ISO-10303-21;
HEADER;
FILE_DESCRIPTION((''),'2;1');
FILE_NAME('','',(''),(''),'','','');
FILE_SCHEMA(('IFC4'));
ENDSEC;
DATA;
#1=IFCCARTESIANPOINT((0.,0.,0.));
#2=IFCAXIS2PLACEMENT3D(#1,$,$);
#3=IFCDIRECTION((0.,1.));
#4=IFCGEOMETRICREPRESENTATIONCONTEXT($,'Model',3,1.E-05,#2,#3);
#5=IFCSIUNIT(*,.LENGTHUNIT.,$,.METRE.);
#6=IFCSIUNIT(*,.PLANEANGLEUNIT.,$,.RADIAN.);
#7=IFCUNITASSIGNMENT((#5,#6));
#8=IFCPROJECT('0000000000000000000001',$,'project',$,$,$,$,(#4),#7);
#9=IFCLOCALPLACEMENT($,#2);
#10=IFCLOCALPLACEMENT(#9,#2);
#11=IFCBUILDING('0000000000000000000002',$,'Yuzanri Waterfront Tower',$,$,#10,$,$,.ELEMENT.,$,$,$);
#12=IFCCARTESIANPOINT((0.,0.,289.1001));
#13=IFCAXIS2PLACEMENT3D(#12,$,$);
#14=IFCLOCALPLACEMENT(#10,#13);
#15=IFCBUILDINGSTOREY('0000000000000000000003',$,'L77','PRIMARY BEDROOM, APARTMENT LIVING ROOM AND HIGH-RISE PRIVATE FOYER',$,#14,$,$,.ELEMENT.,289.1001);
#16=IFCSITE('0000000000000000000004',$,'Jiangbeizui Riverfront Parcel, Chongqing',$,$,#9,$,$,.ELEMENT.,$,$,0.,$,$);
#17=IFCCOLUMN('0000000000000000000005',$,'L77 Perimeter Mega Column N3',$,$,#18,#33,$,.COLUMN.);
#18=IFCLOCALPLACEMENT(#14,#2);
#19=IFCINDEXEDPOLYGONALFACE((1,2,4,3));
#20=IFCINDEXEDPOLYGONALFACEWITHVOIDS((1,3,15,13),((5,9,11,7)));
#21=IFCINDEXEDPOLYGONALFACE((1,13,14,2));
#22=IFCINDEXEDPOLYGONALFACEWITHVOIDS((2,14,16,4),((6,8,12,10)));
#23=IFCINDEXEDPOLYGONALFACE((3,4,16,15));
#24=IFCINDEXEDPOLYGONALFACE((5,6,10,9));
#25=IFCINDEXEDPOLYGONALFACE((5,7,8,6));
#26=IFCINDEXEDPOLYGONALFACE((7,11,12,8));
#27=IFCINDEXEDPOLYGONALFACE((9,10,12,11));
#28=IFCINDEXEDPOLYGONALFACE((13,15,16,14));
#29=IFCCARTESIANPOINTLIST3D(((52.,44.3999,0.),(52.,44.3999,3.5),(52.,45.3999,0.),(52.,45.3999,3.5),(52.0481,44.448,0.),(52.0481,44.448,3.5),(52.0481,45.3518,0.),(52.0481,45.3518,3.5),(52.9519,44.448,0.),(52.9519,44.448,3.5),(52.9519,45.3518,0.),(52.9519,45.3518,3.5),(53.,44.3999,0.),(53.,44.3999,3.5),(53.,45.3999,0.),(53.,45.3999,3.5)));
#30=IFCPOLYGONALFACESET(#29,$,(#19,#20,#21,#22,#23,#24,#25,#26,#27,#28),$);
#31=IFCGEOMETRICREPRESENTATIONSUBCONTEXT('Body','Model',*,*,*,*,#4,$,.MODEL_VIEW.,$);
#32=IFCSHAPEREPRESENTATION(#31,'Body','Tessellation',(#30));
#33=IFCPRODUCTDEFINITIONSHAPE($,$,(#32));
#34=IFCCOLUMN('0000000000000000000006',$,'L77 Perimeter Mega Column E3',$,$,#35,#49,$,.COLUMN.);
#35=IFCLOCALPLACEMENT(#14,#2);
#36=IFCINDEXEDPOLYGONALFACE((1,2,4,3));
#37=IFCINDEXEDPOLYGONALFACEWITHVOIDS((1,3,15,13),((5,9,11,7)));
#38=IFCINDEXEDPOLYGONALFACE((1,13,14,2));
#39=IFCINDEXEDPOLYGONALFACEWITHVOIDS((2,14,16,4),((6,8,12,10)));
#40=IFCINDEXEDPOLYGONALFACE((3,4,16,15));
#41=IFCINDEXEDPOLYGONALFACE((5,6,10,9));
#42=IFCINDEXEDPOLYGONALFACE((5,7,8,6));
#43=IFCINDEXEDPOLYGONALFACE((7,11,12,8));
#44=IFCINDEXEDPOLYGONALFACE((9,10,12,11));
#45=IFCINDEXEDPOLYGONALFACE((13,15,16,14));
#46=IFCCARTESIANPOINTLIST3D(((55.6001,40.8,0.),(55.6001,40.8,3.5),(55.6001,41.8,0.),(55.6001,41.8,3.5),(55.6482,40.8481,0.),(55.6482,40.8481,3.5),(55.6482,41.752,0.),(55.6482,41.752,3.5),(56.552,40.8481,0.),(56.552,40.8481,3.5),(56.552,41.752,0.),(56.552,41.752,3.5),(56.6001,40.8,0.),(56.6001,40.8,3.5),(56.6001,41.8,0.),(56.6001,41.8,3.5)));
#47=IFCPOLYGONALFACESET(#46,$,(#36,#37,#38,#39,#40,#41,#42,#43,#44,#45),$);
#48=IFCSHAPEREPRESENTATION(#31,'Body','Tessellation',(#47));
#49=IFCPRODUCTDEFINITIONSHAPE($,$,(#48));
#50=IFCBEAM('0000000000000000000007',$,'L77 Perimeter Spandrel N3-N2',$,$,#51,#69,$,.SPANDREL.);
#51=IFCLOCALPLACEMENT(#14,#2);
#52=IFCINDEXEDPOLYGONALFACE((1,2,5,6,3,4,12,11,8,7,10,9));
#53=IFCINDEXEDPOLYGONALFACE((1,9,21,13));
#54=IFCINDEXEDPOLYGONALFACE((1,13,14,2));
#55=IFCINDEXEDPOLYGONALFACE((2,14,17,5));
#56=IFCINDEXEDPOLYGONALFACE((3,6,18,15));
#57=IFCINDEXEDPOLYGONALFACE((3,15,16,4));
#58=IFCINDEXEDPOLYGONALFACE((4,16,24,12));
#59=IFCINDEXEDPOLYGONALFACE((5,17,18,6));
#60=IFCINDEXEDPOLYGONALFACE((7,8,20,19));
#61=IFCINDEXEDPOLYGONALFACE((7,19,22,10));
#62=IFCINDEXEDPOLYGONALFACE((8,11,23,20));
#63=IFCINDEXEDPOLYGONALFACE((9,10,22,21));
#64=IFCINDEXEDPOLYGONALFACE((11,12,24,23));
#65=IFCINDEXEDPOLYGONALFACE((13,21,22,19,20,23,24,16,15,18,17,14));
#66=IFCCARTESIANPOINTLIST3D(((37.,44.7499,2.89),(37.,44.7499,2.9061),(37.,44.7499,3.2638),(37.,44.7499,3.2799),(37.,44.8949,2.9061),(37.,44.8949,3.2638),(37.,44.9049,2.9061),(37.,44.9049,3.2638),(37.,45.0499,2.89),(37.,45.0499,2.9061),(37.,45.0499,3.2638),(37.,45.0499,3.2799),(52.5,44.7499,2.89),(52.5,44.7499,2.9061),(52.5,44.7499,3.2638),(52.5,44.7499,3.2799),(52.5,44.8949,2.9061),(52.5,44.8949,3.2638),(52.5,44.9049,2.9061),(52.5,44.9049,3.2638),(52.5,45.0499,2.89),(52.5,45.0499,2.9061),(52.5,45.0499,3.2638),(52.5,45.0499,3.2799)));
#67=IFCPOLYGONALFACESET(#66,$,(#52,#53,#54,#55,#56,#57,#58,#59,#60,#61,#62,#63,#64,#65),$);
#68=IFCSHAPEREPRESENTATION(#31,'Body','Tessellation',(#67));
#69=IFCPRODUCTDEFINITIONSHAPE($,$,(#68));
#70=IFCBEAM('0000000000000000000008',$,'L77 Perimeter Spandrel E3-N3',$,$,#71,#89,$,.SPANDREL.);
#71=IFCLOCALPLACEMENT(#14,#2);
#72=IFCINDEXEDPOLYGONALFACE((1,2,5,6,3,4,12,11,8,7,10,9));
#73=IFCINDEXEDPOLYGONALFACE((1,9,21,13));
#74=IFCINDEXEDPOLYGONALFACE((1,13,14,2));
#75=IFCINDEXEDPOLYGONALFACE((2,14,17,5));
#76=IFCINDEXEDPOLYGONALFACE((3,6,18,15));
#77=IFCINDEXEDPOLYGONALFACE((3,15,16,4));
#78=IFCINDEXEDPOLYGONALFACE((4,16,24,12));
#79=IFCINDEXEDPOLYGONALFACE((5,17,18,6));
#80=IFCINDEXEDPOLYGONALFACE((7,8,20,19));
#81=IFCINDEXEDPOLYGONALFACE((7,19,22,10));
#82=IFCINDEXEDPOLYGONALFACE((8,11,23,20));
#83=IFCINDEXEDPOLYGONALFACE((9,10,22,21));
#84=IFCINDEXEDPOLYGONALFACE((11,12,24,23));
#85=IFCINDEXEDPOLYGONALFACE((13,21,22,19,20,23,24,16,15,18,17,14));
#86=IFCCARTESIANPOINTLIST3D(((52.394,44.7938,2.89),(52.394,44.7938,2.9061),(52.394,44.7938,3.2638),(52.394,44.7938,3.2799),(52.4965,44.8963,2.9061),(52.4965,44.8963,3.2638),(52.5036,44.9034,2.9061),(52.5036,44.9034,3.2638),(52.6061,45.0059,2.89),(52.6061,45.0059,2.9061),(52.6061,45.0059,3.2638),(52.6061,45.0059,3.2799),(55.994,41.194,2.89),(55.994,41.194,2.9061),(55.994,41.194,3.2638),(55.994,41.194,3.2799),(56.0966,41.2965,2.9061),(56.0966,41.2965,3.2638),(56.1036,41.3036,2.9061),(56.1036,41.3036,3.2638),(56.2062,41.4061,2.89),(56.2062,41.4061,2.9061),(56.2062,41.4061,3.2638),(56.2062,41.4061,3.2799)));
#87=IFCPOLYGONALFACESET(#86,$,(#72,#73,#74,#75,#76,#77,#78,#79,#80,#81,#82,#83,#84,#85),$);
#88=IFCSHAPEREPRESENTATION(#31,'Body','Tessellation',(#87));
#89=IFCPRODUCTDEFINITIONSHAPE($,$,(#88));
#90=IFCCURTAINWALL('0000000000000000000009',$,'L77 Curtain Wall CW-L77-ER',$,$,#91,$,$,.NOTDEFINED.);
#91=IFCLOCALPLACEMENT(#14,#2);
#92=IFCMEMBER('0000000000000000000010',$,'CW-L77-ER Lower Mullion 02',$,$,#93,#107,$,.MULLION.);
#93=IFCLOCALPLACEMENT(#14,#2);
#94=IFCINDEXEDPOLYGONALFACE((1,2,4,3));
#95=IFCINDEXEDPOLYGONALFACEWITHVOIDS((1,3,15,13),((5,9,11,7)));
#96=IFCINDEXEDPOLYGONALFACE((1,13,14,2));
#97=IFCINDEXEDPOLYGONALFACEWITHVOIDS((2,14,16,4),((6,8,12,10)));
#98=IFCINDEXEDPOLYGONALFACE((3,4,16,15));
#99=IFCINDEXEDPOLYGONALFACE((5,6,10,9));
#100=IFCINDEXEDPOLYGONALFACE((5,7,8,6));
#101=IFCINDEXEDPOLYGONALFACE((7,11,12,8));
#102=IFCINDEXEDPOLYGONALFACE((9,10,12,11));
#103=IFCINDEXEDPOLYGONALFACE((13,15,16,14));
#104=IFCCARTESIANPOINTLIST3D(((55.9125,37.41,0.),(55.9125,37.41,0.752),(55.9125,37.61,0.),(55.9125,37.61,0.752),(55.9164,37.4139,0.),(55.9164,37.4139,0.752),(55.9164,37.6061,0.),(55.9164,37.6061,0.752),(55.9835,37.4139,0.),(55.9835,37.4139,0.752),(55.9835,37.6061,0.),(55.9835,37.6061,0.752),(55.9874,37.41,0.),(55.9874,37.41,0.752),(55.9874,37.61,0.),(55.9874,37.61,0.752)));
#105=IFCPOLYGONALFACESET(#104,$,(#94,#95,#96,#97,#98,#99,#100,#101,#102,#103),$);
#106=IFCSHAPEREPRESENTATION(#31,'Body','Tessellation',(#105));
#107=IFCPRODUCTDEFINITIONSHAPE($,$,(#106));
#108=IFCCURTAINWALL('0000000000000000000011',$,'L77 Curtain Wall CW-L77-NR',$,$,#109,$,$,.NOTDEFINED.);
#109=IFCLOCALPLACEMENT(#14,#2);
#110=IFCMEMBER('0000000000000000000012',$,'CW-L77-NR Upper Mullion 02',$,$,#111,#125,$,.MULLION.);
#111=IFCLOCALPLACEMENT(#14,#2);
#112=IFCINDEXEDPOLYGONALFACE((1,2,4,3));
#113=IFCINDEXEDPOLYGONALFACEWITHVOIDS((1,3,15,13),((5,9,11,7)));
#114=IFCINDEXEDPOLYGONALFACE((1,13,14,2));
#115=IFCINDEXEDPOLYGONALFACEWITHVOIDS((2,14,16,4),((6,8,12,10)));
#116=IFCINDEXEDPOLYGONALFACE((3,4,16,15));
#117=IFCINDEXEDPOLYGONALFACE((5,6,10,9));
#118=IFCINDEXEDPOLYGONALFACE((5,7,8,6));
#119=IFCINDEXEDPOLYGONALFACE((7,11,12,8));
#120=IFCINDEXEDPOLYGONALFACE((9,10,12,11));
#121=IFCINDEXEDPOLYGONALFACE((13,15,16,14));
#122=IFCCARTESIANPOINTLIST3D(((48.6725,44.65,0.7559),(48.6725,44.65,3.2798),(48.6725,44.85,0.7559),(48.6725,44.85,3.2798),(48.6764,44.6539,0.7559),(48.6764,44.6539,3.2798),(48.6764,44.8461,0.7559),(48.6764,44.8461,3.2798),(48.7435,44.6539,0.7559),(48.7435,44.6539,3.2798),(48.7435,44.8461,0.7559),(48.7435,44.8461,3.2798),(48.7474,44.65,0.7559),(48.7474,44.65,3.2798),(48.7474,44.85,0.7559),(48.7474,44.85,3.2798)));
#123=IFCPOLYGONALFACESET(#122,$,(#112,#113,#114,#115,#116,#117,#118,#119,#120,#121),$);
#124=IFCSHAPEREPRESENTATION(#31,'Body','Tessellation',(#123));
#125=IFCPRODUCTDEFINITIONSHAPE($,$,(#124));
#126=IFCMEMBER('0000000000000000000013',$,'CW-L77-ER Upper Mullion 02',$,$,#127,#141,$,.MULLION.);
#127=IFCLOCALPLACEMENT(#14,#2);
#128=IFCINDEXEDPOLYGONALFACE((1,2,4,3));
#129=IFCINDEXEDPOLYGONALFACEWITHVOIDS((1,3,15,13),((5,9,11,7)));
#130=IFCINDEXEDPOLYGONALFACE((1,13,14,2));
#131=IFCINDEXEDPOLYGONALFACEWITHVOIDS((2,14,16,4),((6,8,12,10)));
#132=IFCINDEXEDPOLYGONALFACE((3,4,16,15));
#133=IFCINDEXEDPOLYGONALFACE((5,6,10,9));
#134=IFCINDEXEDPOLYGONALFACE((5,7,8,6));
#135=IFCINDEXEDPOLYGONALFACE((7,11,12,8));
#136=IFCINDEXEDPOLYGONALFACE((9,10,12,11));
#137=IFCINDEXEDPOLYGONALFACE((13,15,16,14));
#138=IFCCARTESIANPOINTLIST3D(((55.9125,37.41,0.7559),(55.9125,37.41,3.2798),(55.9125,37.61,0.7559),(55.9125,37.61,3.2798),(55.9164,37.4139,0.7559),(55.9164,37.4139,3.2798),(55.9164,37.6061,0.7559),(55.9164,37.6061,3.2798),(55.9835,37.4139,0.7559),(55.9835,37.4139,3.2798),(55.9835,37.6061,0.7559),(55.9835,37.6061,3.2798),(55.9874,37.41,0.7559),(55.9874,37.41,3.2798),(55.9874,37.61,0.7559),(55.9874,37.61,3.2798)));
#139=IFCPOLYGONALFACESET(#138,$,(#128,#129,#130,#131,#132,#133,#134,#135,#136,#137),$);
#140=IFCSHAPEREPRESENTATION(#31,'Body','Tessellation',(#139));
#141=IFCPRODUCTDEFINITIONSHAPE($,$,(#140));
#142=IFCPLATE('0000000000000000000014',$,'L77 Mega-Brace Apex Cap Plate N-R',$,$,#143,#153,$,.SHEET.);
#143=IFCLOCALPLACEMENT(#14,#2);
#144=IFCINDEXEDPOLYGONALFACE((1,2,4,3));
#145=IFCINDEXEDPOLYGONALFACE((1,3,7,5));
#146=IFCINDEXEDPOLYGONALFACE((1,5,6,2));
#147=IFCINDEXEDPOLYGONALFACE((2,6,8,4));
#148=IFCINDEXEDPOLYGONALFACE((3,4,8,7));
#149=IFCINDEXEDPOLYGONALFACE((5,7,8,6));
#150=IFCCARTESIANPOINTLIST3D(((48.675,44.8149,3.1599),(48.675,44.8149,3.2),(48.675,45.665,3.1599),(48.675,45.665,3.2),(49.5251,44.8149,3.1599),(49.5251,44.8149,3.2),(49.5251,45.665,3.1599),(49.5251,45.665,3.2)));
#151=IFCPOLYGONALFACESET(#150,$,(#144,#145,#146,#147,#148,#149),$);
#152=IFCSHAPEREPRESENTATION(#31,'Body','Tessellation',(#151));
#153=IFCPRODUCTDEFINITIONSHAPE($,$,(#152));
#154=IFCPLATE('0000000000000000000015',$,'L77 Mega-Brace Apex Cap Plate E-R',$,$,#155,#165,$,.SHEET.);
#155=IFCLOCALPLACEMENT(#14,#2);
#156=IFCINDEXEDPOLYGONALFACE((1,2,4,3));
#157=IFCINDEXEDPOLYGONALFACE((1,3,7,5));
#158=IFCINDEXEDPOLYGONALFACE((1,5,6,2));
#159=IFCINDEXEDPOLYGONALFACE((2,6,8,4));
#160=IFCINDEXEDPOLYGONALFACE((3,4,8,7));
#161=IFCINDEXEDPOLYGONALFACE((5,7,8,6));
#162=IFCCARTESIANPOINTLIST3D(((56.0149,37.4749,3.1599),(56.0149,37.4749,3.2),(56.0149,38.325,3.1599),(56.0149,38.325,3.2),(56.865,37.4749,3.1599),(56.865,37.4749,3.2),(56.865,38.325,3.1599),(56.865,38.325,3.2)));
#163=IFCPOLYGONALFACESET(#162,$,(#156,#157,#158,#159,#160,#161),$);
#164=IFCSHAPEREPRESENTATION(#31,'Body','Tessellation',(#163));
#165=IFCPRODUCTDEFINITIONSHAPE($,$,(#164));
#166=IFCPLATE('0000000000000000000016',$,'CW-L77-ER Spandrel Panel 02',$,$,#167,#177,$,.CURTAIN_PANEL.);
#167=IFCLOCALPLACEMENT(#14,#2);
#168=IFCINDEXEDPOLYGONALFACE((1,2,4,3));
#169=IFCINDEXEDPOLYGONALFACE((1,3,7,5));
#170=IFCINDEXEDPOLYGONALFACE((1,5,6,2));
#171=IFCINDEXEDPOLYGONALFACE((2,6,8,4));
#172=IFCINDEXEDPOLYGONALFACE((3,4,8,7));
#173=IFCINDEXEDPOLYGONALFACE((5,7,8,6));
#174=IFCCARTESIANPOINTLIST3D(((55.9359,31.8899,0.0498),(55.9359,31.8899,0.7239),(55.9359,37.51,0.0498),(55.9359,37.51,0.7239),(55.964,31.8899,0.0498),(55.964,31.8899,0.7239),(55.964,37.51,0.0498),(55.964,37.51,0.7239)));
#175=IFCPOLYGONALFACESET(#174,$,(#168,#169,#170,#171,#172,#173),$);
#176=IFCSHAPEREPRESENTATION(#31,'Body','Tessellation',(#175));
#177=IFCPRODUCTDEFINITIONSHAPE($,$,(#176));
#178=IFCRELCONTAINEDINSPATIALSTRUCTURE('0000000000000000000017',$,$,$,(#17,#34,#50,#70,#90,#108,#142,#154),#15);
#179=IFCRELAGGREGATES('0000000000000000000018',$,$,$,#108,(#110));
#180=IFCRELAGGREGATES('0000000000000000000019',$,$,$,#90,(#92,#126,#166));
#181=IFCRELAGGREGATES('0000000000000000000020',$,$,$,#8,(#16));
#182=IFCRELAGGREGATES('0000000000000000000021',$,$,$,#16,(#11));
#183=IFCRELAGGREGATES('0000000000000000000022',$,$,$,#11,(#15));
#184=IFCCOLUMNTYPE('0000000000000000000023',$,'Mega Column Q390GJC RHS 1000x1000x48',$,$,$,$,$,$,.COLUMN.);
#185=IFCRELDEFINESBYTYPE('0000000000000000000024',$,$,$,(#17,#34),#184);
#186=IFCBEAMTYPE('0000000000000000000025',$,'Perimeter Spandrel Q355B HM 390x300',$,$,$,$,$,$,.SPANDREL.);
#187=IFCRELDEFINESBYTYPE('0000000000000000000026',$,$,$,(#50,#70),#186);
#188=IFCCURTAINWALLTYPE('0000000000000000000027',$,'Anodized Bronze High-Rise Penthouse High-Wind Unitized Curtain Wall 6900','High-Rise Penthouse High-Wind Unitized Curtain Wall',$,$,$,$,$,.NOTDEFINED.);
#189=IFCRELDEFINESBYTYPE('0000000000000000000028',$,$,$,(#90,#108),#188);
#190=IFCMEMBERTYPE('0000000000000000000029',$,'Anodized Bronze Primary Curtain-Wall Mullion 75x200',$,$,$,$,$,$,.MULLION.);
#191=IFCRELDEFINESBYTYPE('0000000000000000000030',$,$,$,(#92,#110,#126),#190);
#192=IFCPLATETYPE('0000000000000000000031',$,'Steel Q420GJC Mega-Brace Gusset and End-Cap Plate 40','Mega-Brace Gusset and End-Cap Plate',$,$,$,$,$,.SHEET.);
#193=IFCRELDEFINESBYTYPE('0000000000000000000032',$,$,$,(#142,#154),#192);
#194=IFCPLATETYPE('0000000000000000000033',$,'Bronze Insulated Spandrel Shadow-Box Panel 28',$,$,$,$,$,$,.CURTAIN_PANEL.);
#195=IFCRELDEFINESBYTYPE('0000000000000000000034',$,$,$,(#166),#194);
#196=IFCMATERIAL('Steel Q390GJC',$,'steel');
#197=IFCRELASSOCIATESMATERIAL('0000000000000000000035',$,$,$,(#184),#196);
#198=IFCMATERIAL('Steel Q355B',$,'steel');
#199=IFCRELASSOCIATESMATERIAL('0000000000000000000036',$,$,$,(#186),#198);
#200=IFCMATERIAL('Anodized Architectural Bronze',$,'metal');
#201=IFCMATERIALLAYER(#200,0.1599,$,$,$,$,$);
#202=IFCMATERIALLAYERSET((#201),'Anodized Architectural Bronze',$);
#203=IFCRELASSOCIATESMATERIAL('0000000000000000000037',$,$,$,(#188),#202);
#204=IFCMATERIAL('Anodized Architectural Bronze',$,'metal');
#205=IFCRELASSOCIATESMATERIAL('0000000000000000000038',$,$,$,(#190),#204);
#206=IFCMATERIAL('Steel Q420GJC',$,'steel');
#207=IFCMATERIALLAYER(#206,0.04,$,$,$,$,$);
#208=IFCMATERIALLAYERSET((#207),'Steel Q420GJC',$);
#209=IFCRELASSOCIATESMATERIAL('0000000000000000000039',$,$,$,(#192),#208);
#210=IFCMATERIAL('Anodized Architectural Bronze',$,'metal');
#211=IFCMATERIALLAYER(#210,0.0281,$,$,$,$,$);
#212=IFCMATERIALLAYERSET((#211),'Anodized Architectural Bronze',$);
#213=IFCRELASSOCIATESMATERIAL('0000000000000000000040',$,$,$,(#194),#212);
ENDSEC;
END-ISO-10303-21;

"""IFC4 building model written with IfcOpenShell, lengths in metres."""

from ifc_helpers import new_model, si_unit, direction, frame, origin, origin_2d, place, context, subcontext, project, spatial, rectangle, hollow_rectangle, i_section, extrude, source, transform, mapped, material, layer, layer_set, material_profile, profile_set, type_object, element, aggregate, save


model = new_model("IFC4")

# Units and contexts
model_context = context("Model", 3, precision=1e-05, world=origin(), true_north=direction((0.0, 1.0)))
body_context = subcontext(model_context, "Body", "Model", "MODEL_VIEW")
ifc_project = project(units=[si_unit("LENGTHUNIT", "METRE"), si_unit("PLANEANGLEUNIT", "RADIAN")], contexts=[model_context])

# Site, building, storey
site_placement = place(None, origin())
site = spatial("IfcSite", under=ifc_project, at=site_placement, Name="Jiangbeizui Riverfront Parcel, Chongqing", CompositionType="ELEMENT", RefElevation=0.0)
building_placement = place(site_placement, origin())
building = spatial("IfcBuilding", under=site, at=building_placement, Name="Yuzanri Waterfront Tower", CompositionType="ELEMENT")
storey_placement = place(building_placement, frame((0.0, 0.0, 289.1001)))
storey = spatial("IfcBuildingStorey", under=building, at=storey_placement, Name="L77", Description="PRIMARY BEDROOM, APARTMENT LIVING ROOM AND HIGH-RISE PRIVATE FOYER", CompositionType="ELEMENT", Elevation=289.1001)

# Columns
ifc_material_1 = material(Name="Steel Q390GJC", Category="steel")
ifc_material_profile_1 = material_profile(ifc_material_1, hollow_rectangle(XDim=1.0, YDim=1.0, WallThickness=0.0481, at=origin_2d()), Name="RHS 1000x1000x48")
ifc_profile_set_1 = profile_set([ifc_material_profile_1], Name="Steel Q390GJC")
column_type = type_object("IfcColumnType", Name="Mega Column Q390GJC RHS 1000x1000x48", PredefinedType="COLUMN", material=ifc_profile_set_1)
shared_shape_1 = source(origin(), body_context, "Body", "SweptSolid", [
    extrude(hollow_rectangle(XDim=1.0, YDim=1.0, WallThickness=0.0481, at=origin_2d()), origin(), (0.0, 0.0, 1.0), 3.5),
])
for number, where, z_axis, x_axis, name in (
    (1, (52.5, 44.8999, 0.0), (0.0, 0.0, 1.0), (1.0, 0.0, 0.0), "L77 Perimeter Mega Column N3"),
    (2, (56.1001, 41.3, 0.0), (0.0, 0.0, 1.0), (1.0, 0.0, 0.0), "L77 Perimeter Mega Column E3"),
):
    element("IfcColumn", number, at=place(storey_placement, frame(where, z_axis=z_axis, x_axis=x_axis)), inside=storey, type_object=column_type, Name=name, PredefinedType="COLUMN", context=body_context, shape_type="MappedRepresentation", body=[
        mapped(shared_shape_1, transform((0.0, 0.0, 0.0), scale=1.0)),
    ])

# Beams
ifc_material_2 = material(Name="Steel Q355B", Category="steel")
ifc_material_profile_2 = material_profile(ifc_material_2, i_section(OverallWidth=0.3, OverallDepth=0.3899, WebThickness=0.01, FlangeThickness=0.0161, at=origin_2d()), Name="HM 390x300x10x16")
ifc_profile_set_2 = profile_set([ifc_material_profile_2], Name="Steel Q355B")
beam_type = type_object("IfcBeamType", Name="Perimeter Spandrel Q355B HM 390x300", PredefinedType="SPANDREL", material=ifc_profile_set_2)
shared_shape_2 = source(origin(), body_context, "Body", "SweptSolid", [
    extrude(i_section(OverallWidth=0.3, OverallDepth=0.3899, WebThickness=0.01, FlangeThickness=0.0161, at=origin_2d()), origin(), (0.0, 0.0, 1.0), 15.5),
])
beam_1_placement = place(storey_placement, frame((52.5, 44.8999, 3.085), z_axis=(-1.0, 0.0, 0.0), x_axis=(0.0, -1.0, 0.0)))
element("IfcBeam", 3, at=beam_1_placement, inside=storey, type_object=beam_type, Name="L77 Perimeter Spandrel N3-N2", PredefinedType="SPANDREL", context=body_context, shape_type="MappedRepresentation", body=[
    mapped(shared_shape_2, transform((0.0, 0.0, 0.0), scale=1.0)),
])
shared_shape_3 = source(origin(), body_context, "Body", "SweptSolid", [
    extrude(i_section(OverallWidth=0.3, OverallDepth=0.3899, WebThickness=0.01, FlangeThickness=0.0161, at=origin_2d()), origin(), (0.0, 0.0, 1.0), 5.0911),
])
beam_2_placement = place(storey_placement, frame((56.1001, 41.3, 3.085), z_axis=(-0.707131, 0.707083, 0.0), x_axis=(-0.707083, -0.707131, 0.0)))
element("IfcBeam", 4, at=beam_2_placement, inside=storey, type_object=beam_type, Name="L77 Perimeter Spandrel E3-N3", PredefinedType="SPANDREL", context=body_context, shape_type="MappedRepresentation", body=[
    mapped(shared_shape_3, transform((0.0, 0.0, 0.0), scale=1.0)),
])

# Curtain walls, members
ifc_material_3 = material(Name="Anodized Architectural Bronze", Category="metal")
ifc_layer_1 = layer(ifc_material_3, 0.1599)
ifc_layer_set_1 = layer_set([ifc_layer_1], Name="Anodized Architectural Bronze")
curtain_wall_type = type_object("IfcCurtainWallType", Name="Anodized Bronze High-Rise Penthouse High-Wind Unitized Curtain Wall 6900", Description="High-Rise Penthouse High-Wind Unitized Curtain Wall", PredefinedType="NOTDEFINED", material=ifc_layer_set_1)
curtain_wall_1_placement = place(storey_placement, origin())
curtain_wall_1 = element("IfcCurtainWall", 5, at=curtain_wall_1_placement, inside=storey, type_object=curtain_wall_type, Name="L77 Curtain Wall CW-L77-ER", PredefinedType="NOTDEFINED")
ifc_material_4 = material(Name="Anodized Architectural Bronze", Category="metal")
ifc_material_profile_3 = material_profile(ifc_material_4, hollow_rectangle(XDim=0.075, YDim=0.2, WallThickness=0.0039, at=origin_2d()), Name="CWM 75x200")
ifc_profile_set_3 = profile_set([ifc_material_profile_3], Name="Anodized Architectural Bronze")
member_type = type_object("IfcMemberType", Name="Anodized Bronze Primary Curtain-Wall Mullion 75x200", PredefinedType="MULLION", material=ifc_profile_set_3)
shared_shape_4 = source(origin(), body_context, "Body", "SweptSolid", [
    extrude(hollow_rectangle(XDim=0.075, YDim=0.2, WallThickness=0.0039, at=origin_2d()), origin(), (0.0, 0.0, 1.0), 0.752),
])
member_1_placement = place(storey_placement, frame((55.95, 37.51, 0.0), z_axis=(0.0, 0.0, 1.0), x_axis=(1.0, 0.0, 0.0)))
member_1 = element("IfcMember", 6, at=member_1_placement, type_object=member_type, Name="CW-L77-ER Lower Mullion 02", PredefinedType="MULLION", context=body_context, shape_type="MappedRepresentation", body=[
    mapped(shared_shape_4, transform((0.0, 0.0, 0.0), scale=1.0)),
])
curtain_wall_2_placement = place(storey_placement, origin())
curtain_wall_2 = element("IfcCurtainWall", 7, at=curtain_wall_2_placement, inside=storey, type_object=curtain_wall_type, Name="L77 Curtain Wall CW-L77-NR", PredefinedType="NOTDEFINED")
shared_shape_5 = source(origin(), body_context, "Body", "SweptSolid", [
    extrude(hollow_rectangle(XDim=0.075, YDim=0.2, WallThickness=0.0039, at=origin_2d()), origin(), (0.0, 0.0, 1.0), 2.5239),
])
member_2_placement = place(storey_placement, frame((48.71, 44.75, 0.7559), z_axis=(0.0, 0.0, 1.0), x_axis=(1.0, 0.0, 0.0)))
member_2 = element("IfcMember", 8, at=member_2_placement, type_object=member_type, Name="CW-L77-NR Upper Mullion 02", PredefinedType="MULLION", context=body_context, shape_type="MappedRepresentation", body=[
    mapped(shared_shape_5, transform((0.0, 0.0, 0.0), scale=1.0)),
])
aggregate(curtain_wall_2, [member_2])

# Member
member_3_placement = place(storey_placement, frame((55.95, 37.51, 0.7559), z_axis=(0.0, 0.0, 1.0), x_axis=(1.0, 0.0, 0.0)))
member_3 = element("IfcMember", 9, at=member_3_placement, type_object=member_type, Name="CW-L77-ER Upper Mullion 02", PredefinedType="MULLION", context=body_context, shape_type="MappedRepresentation", body=[
    mapped(shared_shape_5, transform((0.0, 0.0, 0.0), scale=1.0)),
])

# Plates
ifc_material_5 = material(Name="Steel Q420GJC", Category="steel")
ifc_layer_2 = layer(ifc_material_5, 0.04)
ifc_layer_set_2 = layer_set([ifc_layer_2], Name="Steel Q420GJC")
plate_type_1 = type_object("IfcPlateType", Name="Steel Q420GJC Mega-Brace Gusset and End-Cap Plate 40", Description="Mega-Brace Gusset and End-Cap Plate", PredefinedType="SHEET", material=ifc_layer_set_2)
shared_shape_6 = source(origin(), body_context, "Body", "SweptSolid", [
    extrude(rectangle(XDim=0.8501, YDim=0.8501, at=origin_2d()), origin(), (0.0, 0.0, 1.0), 0.04),
])
for number, where, z_axis, x_axis, name in (
    (10, (49.1001, 45.24, 3.1599), (0.0, 0.0, 1.0), (1.0, 0.0, 0.0), "L77 Mega-Brace Apex Cap Plate N-R"),
    (11, (56.4399, 37.8999, 3.1599), (0.0, 0.0, 1.0), (1.0, 0.0, 0.0), "L77 Mega-Brace Apex Cap Plate E-R"),
):
    element("IfcPlate", number, at=place(storey_placement, frame(where, z_axis=z_axis, x_axis=x_axis)), inside=storey, type_object=plate_type_1, Name=name, PredefinedType="SHEET", context=body_context, shape_type="MappedRepresentation", body=[
        mapped(shared_shape_6, transform((0.0, 0.0, 0.0), scale=1.0)),
    ])

# Plate
ifc_material_6 = material(Name="Anodized Architectural Bronze", Category="metal")
ifc_layer_3 = layer(ifc_material_6, 0.0281)
ifc_layer_set_3 = layer_set([ifc_layer_3], Name="Anodized Architectural Bronze")
plate_type_2 = type_object("IfcPlateType", Name="Bronze Insulated Spandrel Shadow-Box Panel 28", PredefinedType="CURTAIN_PANEL", material=ifc_layer_set_3)
shared_shape_7 = source(origin(), body_context, "Body", "SweptSolid", [
    extrude(rectangle(XDim=5.6201, YDim=0.0281, at=origin_2d()), origin(), (0.0, 0.0, 1.0), 0.6741),
])
plate_1_placement = place(storey_placement, frame((55.95, 34.7, 0.0498), z_axis=(0.0, 0.0, 1.0), x_axis=(0.0, 1.0, 0.0)))
plate_1 = element("IfcPlate", 12, at=plate_1_placement, type_object=plate_type_2, Name="CW-L77-ER Spandrel Panel 02", PredefinedType="CURTAIN_PANEL", context=body_context, shape_type="MappedRepresentation", body=[
    mapped(shared_shape_7, transform((0.0, 0.0, 0.0), scale=1.0)),
])
aggregate(curtain_wall_1, [member_1, member_3, plate_1])

save(model, "model.ifc")
